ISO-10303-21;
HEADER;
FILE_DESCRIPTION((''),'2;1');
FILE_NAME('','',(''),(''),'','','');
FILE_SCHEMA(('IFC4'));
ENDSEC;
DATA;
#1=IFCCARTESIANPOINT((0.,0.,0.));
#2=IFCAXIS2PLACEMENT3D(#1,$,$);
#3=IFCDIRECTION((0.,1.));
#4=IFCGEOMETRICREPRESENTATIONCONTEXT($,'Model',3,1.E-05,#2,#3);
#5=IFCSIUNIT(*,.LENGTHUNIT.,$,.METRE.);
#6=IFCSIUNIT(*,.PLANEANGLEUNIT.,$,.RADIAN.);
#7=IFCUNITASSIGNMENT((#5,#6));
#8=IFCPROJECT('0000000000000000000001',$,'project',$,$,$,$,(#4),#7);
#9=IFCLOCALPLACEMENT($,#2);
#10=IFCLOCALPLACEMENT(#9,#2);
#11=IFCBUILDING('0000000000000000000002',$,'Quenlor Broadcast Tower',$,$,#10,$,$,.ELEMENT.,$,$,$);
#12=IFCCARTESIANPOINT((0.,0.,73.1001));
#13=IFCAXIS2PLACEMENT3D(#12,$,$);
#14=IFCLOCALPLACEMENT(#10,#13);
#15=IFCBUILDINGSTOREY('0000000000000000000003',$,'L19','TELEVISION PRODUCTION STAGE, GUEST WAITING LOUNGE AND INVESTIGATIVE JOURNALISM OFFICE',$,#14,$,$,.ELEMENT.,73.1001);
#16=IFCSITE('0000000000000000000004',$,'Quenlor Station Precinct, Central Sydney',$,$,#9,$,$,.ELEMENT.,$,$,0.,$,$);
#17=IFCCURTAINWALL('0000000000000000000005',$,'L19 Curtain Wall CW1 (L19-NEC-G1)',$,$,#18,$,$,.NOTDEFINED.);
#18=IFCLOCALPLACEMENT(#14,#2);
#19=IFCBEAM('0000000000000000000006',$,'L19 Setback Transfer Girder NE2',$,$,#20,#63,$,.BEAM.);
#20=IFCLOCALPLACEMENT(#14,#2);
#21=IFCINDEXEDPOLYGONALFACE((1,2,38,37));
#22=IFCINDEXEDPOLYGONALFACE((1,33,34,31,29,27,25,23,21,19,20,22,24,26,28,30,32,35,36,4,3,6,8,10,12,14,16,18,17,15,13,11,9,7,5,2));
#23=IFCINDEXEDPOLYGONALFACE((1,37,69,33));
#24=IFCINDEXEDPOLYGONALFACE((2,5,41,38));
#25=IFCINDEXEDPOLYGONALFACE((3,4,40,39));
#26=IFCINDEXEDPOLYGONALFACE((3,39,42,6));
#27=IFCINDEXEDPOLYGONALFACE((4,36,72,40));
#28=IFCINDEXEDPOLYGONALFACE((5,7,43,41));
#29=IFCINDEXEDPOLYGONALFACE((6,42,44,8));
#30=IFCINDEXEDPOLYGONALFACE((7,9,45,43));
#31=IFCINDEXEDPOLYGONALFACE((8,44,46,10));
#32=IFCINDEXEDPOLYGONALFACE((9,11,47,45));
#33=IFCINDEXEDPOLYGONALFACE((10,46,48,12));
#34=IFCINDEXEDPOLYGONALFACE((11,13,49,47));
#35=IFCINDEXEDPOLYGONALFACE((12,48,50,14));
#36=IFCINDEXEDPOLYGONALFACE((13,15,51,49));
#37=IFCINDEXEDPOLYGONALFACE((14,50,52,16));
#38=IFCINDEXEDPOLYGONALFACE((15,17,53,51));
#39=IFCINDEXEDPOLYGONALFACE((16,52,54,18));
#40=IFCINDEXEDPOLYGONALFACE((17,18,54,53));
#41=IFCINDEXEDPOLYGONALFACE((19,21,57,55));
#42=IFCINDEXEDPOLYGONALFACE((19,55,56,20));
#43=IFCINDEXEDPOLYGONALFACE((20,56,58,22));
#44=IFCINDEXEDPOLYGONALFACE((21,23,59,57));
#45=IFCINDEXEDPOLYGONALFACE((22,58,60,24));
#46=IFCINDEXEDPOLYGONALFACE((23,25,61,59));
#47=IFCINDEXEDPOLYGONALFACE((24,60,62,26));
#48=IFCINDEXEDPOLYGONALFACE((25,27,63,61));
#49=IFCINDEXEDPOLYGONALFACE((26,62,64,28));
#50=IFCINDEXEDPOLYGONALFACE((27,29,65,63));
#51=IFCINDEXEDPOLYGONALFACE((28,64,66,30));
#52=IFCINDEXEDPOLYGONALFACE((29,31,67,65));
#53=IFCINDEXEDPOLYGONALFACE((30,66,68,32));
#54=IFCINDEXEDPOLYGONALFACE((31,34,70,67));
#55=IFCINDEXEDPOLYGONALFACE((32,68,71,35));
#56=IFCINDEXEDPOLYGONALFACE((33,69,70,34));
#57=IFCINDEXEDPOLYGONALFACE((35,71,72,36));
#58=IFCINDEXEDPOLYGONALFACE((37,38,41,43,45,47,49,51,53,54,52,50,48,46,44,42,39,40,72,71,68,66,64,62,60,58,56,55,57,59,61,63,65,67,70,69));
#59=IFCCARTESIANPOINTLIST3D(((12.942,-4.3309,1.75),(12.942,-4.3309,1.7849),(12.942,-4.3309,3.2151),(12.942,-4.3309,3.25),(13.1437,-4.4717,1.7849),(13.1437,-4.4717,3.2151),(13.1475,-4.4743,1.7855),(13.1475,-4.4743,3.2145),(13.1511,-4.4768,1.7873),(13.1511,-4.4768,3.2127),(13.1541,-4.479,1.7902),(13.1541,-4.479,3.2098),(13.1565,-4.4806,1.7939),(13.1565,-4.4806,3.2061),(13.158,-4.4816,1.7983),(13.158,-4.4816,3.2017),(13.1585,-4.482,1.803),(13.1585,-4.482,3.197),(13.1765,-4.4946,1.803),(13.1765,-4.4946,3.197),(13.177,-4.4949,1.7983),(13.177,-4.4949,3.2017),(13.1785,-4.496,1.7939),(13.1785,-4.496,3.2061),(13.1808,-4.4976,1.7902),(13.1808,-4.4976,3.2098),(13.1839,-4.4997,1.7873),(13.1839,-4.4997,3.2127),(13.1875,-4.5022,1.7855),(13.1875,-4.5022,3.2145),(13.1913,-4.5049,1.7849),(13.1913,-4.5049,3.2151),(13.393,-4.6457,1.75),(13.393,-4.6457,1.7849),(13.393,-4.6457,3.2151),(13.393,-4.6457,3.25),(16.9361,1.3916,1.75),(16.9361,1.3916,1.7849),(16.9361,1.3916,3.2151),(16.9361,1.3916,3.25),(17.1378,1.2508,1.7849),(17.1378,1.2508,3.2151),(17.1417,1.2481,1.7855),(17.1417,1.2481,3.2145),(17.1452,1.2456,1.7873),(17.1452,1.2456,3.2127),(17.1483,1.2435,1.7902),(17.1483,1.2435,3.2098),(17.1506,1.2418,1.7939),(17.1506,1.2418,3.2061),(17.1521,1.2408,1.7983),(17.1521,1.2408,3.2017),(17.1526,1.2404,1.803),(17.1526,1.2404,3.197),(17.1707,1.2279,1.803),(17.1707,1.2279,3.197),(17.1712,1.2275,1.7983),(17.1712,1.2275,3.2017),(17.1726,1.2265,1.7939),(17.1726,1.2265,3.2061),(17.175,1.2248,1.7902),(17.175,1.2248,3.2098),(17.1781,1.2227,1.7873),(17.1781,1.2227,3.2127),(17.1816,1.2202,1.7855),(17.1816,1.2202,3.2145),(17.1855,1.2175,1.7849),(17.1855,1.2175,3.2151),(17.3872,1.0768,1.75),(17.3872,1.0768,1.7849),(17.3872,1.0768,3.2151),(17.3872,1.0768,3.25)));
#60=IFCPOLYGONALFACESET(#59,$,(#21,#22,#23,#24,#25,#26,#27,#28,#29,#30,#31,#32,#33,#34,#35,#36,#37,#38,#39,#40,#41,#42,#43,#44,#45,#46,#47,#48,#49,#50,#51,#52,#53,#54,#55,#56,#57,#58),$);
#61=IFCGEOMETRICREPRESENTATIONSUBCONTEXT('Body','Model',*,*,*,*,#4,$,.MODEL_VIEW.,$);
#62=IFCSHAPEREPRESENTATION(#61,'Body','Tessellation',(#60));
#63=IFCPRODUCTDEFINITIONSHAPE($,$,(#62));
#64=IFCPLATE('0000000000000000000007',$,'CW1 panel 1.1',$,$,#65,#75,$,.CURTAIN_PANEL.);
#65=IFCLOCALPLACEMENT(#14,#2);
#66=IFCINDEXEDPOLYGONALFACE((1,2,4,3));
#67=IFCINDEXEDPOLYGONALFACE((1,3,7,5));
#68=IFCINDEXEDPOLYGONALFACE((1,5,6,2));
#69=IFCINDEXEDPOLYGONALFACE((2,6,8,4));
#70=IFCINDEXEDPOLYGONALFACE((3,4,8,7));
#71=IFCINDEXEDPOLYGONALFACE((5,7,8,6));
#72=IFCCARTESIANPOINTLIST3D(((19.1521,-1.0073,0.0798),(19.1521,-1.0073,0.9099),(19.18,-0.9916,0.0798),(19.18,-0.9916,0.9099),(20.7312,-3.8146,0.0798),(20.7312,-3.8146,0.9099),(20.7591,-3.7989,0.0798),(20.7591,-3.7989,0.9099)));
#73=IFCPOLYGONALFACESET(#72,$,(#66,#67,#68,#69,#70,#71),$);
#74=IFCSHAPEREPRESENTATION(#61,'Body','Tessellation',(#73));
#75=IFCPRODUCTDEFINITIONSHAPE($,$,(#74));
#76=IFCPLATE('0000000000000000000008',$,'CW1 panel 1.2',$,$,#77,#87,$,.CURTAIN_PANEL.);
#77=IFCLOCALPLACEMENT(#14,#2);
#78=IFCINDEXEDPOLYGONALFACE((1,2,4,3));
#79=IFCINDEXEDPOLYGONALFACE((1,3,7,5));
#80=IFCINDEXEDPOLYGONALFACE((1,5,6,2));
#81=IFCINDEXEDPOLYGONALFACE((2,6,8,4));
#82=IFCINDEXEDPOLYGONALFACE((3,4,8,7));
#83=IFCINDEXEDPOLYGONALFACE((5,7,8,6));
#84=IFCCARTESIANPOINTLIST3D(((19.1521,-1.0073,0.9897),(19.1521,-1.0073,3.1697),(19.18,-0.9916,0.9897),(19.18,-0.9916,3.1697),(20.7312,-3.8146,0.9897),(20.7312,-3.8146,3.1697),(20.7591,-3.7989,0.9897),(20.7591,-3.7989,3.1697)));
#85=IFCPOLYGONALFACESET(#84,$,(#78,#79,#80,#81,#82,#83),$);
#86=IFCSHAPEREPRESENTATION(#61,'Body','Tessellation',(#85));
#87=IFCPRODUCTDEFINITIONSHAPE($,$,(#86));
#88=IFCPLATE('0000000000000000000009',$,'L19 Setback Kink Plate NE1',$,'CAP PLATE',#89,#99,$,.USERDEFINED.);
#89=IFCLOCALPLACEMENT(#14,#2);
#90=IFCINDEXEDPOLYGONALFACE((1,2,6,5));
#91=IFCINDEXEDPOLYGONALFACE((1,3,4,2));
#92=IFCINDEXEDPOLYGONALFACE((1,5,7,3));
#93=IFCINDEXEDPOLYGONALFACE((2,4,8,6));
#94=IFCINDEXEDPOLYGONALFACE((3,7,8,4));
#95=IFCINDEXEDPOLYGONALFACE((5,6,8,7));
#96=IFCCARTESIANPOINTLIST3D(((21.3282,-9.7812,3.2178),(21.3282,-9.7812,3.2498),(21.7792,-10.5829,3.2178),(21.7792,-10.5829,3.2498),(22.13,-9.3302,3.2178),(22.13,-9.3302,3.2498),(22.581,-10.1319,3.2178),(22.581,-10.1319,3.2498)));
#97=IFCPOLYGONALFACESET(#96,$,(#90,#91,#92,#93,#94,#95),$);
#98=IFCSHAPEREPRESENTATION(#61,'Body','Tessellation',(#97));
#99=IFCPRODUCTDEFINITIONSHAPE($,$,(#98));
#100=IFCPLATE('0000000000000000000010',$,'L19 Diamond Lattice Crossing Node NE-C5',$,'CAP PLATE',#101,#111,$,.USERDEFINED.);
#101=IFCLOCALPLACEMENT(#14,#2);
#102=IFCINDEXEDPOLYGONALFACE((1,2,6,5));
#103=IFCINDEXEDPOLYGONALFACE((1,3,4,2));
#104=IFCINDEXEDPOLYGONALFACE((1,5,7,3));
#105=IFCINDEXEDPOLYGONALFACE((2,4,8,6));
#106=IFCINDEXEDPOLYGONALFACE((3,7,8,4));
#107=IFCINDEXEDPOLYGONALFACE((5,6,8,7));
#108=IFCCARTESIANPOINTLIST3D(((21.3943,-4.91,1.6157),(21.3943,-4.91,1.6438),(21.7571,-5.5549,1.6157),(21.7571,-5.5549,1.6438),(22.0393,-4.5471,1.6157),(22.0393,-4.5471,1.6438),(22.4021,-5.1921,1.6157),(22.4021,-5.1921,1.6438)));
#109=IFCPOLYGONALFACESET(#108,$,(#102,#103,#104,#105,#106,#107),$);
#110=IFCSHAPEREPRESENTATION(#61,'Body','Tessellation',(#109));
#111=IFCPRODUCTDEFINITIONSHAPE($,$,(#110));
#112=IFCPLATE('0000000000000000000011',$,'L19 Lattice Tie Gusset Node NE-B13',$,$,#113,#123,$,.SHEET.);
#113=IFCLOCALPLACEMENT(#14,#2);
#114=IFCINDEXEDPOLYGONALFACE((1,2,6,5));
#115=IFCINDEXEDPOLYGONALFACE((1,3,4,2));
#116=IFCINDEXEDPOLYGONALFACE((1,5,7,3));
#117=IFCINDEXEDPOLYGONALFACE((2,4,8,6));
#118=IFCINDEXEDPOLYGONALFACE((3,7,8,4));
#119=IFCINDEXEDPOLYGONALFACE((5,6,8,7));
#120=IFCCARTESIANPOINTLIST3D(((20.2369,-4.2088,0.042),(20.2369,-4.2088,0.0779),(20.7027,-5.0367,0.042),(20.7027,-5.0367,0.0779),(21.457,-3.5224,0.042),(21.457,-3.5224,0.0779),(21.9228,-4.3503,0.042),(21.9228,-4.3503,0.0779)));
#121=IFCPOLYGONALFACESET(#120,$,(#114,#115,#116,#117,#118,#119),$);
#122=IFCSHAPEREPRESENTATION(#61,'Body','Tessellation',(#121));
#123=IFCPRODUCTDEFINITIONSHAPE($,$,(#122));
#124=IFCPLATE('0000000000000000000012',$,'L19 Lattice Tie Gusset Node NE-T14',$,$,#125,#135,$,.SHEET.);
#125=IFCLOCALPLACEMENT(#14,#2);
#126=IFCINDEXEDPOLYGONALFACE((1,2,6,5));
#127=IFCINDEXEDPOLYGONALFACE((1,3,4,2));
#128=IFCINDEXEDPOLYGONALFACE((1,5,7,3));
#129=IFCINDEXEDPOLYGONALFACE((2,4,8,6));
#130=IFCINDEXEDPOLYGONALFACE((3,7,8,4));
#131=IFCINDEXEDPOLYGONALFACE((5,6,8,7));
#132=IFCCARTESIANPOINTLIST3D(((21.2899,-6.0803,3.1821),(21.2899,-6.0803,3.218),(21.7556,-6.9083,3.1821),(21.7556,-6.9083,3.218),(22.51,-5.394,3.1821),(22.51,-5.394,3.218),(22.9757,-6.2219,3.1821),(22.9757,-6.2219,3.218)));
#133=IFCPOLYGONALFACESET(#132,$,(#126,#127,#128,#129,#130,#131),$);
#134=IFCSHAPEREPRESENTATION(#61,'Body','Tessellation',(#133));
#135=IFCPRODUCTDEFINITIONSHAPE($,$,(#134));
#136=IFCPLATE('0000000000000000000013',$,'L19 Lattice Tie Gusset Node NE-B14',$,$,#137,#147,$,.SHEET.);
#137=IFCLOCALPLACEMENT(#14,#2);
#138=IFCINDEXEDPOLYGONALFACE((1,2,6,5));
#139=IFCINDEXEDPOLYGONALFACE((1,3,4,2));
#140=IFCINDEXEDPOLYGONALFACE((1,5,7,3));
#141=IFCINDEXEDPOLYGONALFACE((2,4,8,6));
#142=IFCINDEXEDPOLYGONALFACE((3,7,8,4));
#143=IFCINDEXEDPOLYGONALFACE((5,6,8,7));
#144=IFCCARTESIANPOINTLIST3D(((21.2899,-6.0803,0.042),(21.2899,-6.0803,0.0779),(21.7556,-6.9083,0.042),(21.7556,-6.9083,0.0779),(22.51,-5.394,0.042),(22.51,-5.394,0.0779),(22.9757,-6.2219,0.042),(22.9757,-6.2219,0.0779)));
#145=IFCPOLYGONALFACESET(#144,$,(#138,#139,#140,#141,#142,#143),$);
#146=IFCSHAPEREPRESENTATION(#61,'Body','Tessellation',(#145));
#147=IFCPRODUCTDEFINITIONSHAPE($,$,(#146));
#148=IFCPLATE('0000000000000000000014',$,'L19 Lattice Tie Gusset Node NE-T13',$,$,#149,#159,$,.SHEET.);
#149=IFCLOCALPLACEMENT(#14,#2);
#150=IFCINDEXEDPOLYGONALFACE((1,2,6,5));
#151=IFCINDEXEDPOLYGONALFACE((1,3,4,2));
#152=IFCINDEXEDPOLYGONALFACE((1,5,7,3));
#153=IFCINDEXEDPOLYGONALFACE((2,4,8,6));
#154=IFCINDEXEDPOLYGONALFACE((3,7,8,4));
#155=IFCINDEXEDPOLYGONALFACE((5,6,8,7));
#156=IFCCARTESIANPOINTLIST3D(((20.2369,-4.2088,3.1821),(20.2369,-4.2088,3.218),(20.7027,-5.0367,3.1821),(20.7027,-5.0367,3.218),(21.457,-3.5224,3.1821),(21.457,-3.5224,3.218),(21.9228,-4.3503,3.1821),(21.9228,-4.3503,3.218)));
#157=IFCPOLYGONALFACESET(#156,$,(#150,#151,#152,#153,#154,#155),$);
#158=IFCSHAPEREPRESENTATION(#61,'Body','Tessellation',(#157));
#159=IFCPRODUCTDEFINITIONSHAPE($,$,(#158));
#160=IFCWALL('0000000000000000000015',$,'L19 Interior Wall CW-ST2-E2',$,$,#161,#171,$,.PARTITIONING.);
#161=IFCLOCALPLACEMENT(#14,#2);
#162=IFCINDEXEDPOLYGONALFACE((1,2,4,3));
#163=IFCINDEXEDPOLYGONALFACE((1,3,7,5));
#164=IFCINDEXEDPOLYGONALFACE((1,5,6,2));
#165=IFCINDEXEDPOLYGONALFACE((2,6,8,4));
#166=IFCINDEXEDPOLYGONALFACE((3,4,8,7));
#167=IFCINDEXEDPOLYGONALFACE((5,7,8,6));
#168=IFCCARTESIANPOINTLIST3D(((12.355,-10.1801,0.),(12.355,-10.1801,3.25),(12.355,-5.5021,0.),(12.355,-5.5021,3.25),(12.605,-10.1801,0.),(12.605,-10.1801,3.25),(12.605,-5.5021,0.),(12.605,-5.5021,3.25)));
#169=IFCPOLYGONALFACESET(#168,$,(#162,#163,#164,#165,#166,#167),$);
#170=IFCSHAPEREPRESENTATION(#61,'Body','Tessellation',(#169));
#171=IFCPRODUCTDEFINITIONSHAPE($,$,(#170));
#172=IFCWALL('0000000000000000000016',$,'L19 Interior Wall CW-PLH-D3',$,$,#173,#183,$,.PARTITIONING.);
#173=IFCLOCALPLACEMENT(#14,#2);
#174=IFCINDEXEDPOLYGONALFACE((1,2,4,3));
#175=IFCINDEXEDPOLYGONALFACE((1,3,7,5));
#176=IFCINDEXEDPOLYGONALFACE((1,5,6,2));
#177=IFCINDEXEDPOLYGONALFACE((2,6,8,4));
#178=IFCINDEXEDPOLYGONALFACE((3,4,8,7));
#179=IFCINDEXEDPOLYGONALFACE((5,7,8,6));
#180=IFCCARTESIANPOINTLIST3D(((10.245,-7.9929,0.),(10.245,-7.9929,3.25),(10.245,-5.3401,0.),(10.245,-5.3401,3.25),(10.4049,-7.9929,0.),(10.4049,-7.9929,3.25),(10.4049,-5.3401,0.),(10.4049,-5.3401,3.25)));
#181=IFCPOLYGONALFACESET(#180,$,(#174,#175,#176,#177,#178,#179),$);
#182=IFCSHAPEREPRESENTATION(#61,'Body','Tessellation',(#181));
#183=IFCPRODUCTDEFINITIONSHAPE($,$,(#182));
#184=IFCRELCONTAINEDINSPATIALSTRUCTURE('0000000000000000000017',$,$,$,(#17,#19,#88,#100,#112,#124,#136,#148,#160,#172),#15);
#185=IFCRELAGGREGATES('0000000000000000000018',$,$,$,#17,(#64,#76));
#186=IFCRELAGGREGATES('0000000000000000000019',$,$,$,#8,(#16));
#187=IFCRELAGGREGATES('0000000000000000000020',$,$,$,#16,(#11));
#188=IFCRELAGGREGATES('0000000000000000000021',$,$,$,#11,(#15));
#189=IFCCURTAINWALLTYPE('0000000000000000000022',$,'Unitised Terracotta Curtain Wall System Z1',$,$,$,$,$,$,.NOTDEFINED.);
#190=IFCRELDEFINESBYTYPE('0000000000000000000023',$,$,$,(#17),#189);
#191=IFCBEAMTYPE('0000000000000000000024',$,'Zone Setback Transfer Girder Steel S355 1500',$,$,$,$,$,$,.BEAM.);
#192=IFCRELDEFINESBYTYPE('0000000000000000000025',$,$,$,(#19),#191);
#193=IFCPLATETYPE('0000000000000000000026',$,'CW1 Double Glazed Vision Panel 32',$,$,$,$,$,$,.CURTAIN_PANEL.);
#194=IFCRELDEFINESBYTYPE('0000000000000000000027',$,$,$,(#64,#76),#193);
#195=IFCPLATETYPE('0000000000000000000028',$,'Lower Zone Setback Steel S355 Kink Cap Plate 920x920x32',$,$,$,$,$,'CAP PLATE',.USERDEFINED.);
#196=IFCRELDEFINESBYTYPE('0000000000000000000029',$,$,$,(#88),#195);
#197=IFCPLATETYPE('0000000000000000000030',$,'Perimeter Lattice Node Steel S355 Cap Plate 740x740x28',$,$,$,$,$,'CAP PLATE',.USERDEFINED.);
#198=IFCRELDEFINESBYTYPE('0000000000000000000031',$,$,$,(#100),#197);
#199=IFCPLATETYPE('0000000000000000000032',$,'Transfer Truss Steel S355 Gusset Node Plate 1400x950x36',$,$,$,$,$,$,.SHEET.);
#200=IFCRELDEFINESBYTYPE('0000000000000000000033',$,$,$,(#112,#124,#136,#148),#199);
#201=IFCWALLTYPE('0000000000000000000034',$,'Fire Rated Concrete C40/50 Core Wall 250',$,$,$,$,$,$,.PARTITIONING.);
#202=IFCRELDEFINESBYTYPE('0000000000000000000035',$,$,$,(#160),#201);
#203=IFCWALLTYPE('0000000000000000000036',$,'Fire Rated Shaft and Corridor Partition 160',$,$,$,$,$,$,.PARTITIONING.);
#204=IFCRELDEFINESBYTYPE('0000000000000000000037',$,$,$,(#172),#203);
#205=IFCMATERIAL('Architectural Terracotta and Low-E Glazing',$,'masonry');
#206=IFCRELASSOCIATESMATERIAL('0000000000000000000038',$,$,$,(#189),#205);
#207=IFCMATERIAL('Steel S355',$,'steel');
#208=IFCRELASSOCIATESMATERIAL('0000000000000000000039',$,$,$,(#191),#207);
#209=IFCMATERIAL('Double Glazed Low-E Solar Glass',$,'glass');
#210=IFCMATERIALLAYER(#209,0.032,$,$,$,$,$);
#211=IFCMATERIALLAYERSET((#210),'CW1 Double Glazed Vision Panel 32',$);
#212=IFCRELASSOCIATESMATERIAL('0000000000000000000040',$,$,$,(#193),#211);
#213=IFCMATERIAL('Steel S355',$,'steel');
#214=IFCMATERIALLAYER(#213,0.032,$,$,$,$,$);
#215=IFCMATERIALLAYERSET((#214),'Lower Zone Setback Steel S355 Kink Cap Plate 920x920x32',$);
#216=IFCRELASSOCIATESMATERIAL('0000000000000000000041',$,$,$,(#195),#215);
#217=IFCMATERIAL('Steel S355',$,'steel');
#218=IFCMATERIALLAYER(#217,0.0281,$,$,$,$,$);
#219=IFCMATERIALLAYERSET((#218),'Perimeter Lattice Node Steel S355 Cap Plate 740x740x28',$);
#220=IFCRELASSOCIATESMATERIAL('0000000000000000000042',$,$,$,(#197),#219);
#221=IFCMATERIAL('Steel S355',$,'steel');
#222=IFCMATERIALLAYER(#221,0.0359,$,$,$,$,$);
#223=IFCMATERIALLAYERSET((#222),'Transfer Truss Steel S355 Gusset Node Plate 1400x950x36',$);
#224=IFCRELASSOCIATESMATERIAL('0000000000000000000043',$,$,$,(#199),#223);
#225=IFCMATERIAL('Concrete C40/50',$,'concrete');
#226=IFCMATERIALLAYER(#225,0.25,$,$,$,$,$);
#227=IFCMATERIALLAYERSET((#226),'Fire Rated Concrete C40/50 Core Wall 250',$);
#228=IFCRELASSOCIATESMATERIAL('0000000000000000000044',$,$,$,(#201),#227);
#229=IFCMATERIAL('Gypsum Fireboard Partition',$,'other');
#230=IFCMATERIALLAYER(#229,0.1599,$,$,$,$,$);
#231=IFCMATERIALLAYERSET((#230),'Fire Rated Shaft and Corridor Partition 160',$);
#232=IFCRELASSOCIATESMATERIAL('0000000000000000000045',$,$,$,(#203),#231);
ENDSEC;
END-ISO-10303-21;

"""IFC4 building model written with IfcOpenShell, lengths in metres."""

from ifc_helpers import new_model, si_unit, direction, frame, frame_2d, origin, origin_2d, place, context, subcontext, project, spatial, rectangle, i_section, extrude, material, layer, layer_set, material_profile, profile_set, type_object, element, aggregate, save


model = new_model("IFC4")

# Units and contexts
model_context = context("Model", 3, precision=1e-05, world=origin(), true_north=direction((0.0, 1.0)))
body_context = subcontext(model_context, "Body", "Model", "MODEL_VIEW")
ifc_project = project(units=[si_unit("LENGTHUNIT", "METRE"), si_unit("PLANEANGLEUNIT", "RADIAN")], contexts=[model_context])

# Site, building, storey
site_placement = place(None, origin())
site = spatial("IfcSite", under=ifc_project, at=site_placement, Name="Quenlor Station Precinct, Central Sydney", CompositionType="ELEMENT", RefElevation=0.0)
building_placement = place(site_placement, origin())
building = spatial("IfcBuilding", under=site, at=building_placement, Name="Quenlor Broadcast Tower", CompositionType="ELEMENT")
storey_placement = place(building_placement, frame((0.0, 0.0, 73.1001)))
storey = spatial("IfcBuildingStorey", under=building, at=storey_placement, Name="L19", Description="TELEVISION PRODUCTION STAGE, GUEST WAITING LOUNGE AND INVESTIGATIVE JOURNALISM OFFICE", CompositionType="ELEMENT", Elevation=73.1001)

# Curtain wall
ifc_material_1 = material(Name="Architectural Terracotta and Low-E Glazing", Category="masonry")
curtain_wall_type = type_object("IfcCurtainWallType", Name="Unitised Terracotta Curtain Wall System Z1", PredefinedType="NOTDEFINED", material=ifc_material_1)
curtain_wall_placement = place(storey_placement, origin())
curtain_wall = element("IfcCurtainWall", 1, at=curtain_wall_placement, inside=storey, type_object=curtain_wall_type, Name="L19 Curtain Wall CW1 (L19-NEC-G1)", PredefinedType="NOTDEFINED")

# Beam
ifc_material_2 = material(Name="Steel S355", Category="steel")
ifc_material_profile_1 = material_profile(ifc_material_2, i_section(OverallWidth=0.55, OverallDepth=1.5, WebThickness=0.022, FlangeThickness=0.0349, FilletRadius=0.0181, at=origin_2d()))
ifc_profile_set_1 = profile_set([ifc_material_profile_1], Name="Steel S355 1500TG510")
beam_type_1 = type_object("IfcBeamType", Name="Zone Setback Transfer Girder Steel S355 1500", PredefinedType="BEAM", material=ifc_profile_set_1)
beam_1_placement = place(storey_placement, frame((13.1675, -4.4883, 2.5), z_axis=(0.572351, 0.820009, 0.0), x_axis=(-0.820009, 0.572351, 0.0)))
element("IfcBeam", 2, at=beam_1_placement, inside=storey, type_object=beam_type_1, Name="L19 Setback Transfer Girder NE2", PredefinedType="BEAM", context=body_context, shape_type="SweptSolid", body=[
    extrude(i_section(OverallWidth=0.55, OverallDepth=1.5, WebThickness=0.022, FlangeThickness=0.0349, FilletRadius=0.0181, at=origin_2d()), origin(), (0.0, 0.0, 1.0), 6.9785),
])

# Plates
ifc_material_3 = material(Name="Double Glazed Low-E Solar Glass", Category="glass")
ifc_layer_1 = layer(ifc_material_3, 0.032)
ifc_layer_set_1 = layer_set([ifc_layer_1], Name="CW1 Double Glazed Vision Panel 32")
plate_type_1 = type_object("IfcPlateType", Name="CW1 Double Glazed Vision Panel 32", PredefinedType="CURTAIN_PANEL", material=ifc_layer_set_1)
plate_1_placement = place(storey_placement, frame((19.9556, -2.4031, 0.0798), z_axis=(0.0, 0.0, 1.0), x_axis=(0.490257, -0.871578, 0.0)))
plate_1 = element("IfcPlate", 3, at=plate_1_placement, type_object=plate_type_1, Name="CW1 panel 1.1", PredefinedType="CURTAIN_PANEL", context=body_context, shape_type="SweptSolid", body=[
    extrude(rectangle(XDim=3.2209, YDim=0.032, at=origin_2d()), origin(), (0.0, 0.0, 1.0), 0.8301),
])
plate_2_placement = place(storey_placement, frame((19.9556, -2.4031, 0.9897), z_axis=(0.0, 0.0, 1.0), x_axis=(0.490257, -0.871578, 0.0)))
plate_2 = element("IfcPlate", 4, at=plate_2_placement, type_object=plate_type_1, Name="CW1 panel 1.2", PredefinedType="CURTAIN_PANEL", context=body_context, shape_type="SweptSolid", body=[
    extrude(rectangle(XDim=3.2209, YDim=0.032, at=origin_2d()), origin(), (0.0, 0.0, 1.0), 2.1799),
])
aggregate(curtain_wall, [plate_1, plate_2])

# Plates
ifc_material_4 = material(Name="Steel S355", Category="steel")
ifc_layer_2 = layer(ifc_material_4, 0.032)
ifc_layer_set_2 = layer_set([ifc_layer_2], Name="Lower Zone Setback Steel S355 Kink Cap Plate 920x920x32")
plate_type_2 = type_object("IfcPlateType", Name="Lower Zone Setback Steel S355 Kink Cap Plate 920x920x32", ElementType="CAP PLATE", PredefinedType="USERDEFINED", material=ifc_layer_set_2)
plate_3_placement = place(storey_placement, frame((21.9546, -9.9565, 3.2178), z_axis=(0.0, 0.0, 1.0), x_axis=(0.871575, 0.490262, 0.0)))
element("IfcPlate", 5, at=plate_3_placement, inside=storey, type_object=plate_type_2, Name="L19 Setback Kink Plate NE1", ObjectType="CAP PLATE", PredefinedType="USERDEFINED", context=body_context, shape_type="SweptSolid", body=[
    extrude(rectangle(XDim=0.9199, YDim=0.9199, at=origin_2d()), origin(), (0.0, 0.0, 1.0), 0.032),
])
ifc_material_5 = material(Name="Steel S355", Category="steel")
ifc_layer_3 = layer(ifc_material_5, 0.0281)
ifc_layer_set_3 = layer_set([ifc_layer_3], Name="Perimeter Lattice Node Steel S355 Cap Plate 740x740x28")
plate_type_3 = type_object("IfcPlateType", Name="Perimeter Lattice Node Steel S355 Cap Plate 740x740x28", ElementType="CAP PLATE", PredefinedType="USERDEFINED", material=ifc_layer_set_3)
plate_4_placement = place(storey_placement, frame((21.8982, -5.051, 1.6157), z_axis=(0.0, 0.0, 1.0), x_axis=(0.490295, -0.871556, 0.0)))
element("IfcPlate", 6, at=plate_4_placement, inside=storey, type_object=plate_type_3, Name="L19 Diamond Lattice Crossing Node NE-C5", ObjectType="CAP PLATE", PredefinedType="USERDEFINED", context=body_context, shape_type="SweptSolid", body=[
    extrude(rectangle(XDim=0.74, YDim=0.74, at=origin_2d()), origin(), (0.0, 0.0, 1.0), 0.0281),
])
ifc_material_6 = material(Name="Steel S355", Category="steel")
ifc_layer_4 = layer(ifc_material_6, 0.0359)
ifc_layer_set_4 = layer_set([ifc_layer_4], Name="Transfer Truss Steel S355 Gusset Node Plate 1400x950x36")
plate_type_4 = type_object("IfcPlateType", Name="Transfer Truss Steel S355 Gusset Node Plate 1400x950x36", PredefinedType="SHEET", material=ifc_layer_set_4)
for number, where, z_axis, x_axis, name in (
    (7, (21.0798, -4.2795, 0.042), (0.0, 0.0, 1.0), (0.871556, 0.490295, 0.0), "L19 Lattice Tie Gusset Node NE-B13"),
    (8, (22.1328, -6.1511, 3.1821), (0.0, 0.0, 1.0), (0.871556, 0.490295, 0.0), "L19 Lattice Tie Gusset Node NE-T14"),
    (9, (22.1328, -6.1511, 0.042), (0.0, 0.0, 1.0), (0.871556, 0.490295, 0.0), "L19 Lattice Tie Gusset Node NE-B14"),
    (10, (21.0798, -4.2795, 3.1821), (0.0, 0.0, 1.0), (0.871556, 0.490295, 0.0), "L19 Lattice Tie Gusset Node NE-T13"),
):
    element("IfcPlate", number, at=place(storey_placement, frame(where, z_axis=z_axis, x_axis=x_axis)), inside=storey, type_object=plate_type_4, Name=name, PredefinedType="SHEET", context=body_context, shape_type="SweptSolid", body=[
        extrude(rectangle(XDim=1.3999, YDim=0.95, at=origin_2d()), origin(), (0.0, 0.0, 1.0), 0.0359),
    ])

# Walls
ifc_material_7 = material(Name="Concrete C40/50", Category="concrete")
ifc_layer_5 = layer(ifc_material_7, 0.25)
ifc_layer_set_5 = layer_set([ifc_layer_5], Name="Fire Rated Concrete C40/50 Core Wall 250")
wall_type_1 = type_object("IfcWallType", Name="Fire Rated Concrete C40/50 Core Wall 250", PredefinedType="PARTITIONING", material=ifc_layer_set_5)
wall_1_placement = place(storey_placement, frame((12.48, -10.1799, 0.0), z_axis=(0.0, 0.0, 1.0), x_axis=(0.0, 1.0, 0.0)))
element("IfcWall", 11, at=wall_1_placement, inside=storey, type_object=wall_type_1, Name="L19 Interior Wall CW-ST2-E2", PredefinedType="PARTITIONING", context=body_context, shape_type="SweptSolid", body=[
    extrude(rectangle(XDim=4.678, YDim=0.25, at=frame_2d((2.3389, 0.0))), origin(), (0.0, 0.0, 1.0), 3.25),
])
ifc_material_8 = material(Name="Gypsum Fireboard Partition", Category="other")
ifc_layer_6 = layer(ifc_material_8, 0.1599)
ifc_layer_set_6 = layer_set([ifc_layer_6], Name="Fire Rated Shaft and Corridor Partition 160")
wall_type_2 = type_object("IfcWallType", Name="Fire Rated Shaft and Corridor Partition 160", PredefinedType="PARTITIONING", material=ifc_layer_set_6)
wall_2_placement = place(storey_placement, frame((10.325, -7.9929, 0.0), z_axis=(0.0, 0.0, 1.0), x_axis=(0.0, 1.0, 0.0)))
element("IfcWall", 12, at=wall_2_placement, inside=storey, type_object=wall_type_2, Name="L19 Interior Wall CW-PLH-D3", PredefinedType="PARTITIONING", context=body_context, shape_type="SweptSolid", body=[
    extrude(rectangle(XDim=2.6528, YDim=0.1599, at=frame_2d((1.3264, 0.0))), origin(), (0.0, 0.0, 1.0), 3.25),
])

save(model, "model.ifc")
